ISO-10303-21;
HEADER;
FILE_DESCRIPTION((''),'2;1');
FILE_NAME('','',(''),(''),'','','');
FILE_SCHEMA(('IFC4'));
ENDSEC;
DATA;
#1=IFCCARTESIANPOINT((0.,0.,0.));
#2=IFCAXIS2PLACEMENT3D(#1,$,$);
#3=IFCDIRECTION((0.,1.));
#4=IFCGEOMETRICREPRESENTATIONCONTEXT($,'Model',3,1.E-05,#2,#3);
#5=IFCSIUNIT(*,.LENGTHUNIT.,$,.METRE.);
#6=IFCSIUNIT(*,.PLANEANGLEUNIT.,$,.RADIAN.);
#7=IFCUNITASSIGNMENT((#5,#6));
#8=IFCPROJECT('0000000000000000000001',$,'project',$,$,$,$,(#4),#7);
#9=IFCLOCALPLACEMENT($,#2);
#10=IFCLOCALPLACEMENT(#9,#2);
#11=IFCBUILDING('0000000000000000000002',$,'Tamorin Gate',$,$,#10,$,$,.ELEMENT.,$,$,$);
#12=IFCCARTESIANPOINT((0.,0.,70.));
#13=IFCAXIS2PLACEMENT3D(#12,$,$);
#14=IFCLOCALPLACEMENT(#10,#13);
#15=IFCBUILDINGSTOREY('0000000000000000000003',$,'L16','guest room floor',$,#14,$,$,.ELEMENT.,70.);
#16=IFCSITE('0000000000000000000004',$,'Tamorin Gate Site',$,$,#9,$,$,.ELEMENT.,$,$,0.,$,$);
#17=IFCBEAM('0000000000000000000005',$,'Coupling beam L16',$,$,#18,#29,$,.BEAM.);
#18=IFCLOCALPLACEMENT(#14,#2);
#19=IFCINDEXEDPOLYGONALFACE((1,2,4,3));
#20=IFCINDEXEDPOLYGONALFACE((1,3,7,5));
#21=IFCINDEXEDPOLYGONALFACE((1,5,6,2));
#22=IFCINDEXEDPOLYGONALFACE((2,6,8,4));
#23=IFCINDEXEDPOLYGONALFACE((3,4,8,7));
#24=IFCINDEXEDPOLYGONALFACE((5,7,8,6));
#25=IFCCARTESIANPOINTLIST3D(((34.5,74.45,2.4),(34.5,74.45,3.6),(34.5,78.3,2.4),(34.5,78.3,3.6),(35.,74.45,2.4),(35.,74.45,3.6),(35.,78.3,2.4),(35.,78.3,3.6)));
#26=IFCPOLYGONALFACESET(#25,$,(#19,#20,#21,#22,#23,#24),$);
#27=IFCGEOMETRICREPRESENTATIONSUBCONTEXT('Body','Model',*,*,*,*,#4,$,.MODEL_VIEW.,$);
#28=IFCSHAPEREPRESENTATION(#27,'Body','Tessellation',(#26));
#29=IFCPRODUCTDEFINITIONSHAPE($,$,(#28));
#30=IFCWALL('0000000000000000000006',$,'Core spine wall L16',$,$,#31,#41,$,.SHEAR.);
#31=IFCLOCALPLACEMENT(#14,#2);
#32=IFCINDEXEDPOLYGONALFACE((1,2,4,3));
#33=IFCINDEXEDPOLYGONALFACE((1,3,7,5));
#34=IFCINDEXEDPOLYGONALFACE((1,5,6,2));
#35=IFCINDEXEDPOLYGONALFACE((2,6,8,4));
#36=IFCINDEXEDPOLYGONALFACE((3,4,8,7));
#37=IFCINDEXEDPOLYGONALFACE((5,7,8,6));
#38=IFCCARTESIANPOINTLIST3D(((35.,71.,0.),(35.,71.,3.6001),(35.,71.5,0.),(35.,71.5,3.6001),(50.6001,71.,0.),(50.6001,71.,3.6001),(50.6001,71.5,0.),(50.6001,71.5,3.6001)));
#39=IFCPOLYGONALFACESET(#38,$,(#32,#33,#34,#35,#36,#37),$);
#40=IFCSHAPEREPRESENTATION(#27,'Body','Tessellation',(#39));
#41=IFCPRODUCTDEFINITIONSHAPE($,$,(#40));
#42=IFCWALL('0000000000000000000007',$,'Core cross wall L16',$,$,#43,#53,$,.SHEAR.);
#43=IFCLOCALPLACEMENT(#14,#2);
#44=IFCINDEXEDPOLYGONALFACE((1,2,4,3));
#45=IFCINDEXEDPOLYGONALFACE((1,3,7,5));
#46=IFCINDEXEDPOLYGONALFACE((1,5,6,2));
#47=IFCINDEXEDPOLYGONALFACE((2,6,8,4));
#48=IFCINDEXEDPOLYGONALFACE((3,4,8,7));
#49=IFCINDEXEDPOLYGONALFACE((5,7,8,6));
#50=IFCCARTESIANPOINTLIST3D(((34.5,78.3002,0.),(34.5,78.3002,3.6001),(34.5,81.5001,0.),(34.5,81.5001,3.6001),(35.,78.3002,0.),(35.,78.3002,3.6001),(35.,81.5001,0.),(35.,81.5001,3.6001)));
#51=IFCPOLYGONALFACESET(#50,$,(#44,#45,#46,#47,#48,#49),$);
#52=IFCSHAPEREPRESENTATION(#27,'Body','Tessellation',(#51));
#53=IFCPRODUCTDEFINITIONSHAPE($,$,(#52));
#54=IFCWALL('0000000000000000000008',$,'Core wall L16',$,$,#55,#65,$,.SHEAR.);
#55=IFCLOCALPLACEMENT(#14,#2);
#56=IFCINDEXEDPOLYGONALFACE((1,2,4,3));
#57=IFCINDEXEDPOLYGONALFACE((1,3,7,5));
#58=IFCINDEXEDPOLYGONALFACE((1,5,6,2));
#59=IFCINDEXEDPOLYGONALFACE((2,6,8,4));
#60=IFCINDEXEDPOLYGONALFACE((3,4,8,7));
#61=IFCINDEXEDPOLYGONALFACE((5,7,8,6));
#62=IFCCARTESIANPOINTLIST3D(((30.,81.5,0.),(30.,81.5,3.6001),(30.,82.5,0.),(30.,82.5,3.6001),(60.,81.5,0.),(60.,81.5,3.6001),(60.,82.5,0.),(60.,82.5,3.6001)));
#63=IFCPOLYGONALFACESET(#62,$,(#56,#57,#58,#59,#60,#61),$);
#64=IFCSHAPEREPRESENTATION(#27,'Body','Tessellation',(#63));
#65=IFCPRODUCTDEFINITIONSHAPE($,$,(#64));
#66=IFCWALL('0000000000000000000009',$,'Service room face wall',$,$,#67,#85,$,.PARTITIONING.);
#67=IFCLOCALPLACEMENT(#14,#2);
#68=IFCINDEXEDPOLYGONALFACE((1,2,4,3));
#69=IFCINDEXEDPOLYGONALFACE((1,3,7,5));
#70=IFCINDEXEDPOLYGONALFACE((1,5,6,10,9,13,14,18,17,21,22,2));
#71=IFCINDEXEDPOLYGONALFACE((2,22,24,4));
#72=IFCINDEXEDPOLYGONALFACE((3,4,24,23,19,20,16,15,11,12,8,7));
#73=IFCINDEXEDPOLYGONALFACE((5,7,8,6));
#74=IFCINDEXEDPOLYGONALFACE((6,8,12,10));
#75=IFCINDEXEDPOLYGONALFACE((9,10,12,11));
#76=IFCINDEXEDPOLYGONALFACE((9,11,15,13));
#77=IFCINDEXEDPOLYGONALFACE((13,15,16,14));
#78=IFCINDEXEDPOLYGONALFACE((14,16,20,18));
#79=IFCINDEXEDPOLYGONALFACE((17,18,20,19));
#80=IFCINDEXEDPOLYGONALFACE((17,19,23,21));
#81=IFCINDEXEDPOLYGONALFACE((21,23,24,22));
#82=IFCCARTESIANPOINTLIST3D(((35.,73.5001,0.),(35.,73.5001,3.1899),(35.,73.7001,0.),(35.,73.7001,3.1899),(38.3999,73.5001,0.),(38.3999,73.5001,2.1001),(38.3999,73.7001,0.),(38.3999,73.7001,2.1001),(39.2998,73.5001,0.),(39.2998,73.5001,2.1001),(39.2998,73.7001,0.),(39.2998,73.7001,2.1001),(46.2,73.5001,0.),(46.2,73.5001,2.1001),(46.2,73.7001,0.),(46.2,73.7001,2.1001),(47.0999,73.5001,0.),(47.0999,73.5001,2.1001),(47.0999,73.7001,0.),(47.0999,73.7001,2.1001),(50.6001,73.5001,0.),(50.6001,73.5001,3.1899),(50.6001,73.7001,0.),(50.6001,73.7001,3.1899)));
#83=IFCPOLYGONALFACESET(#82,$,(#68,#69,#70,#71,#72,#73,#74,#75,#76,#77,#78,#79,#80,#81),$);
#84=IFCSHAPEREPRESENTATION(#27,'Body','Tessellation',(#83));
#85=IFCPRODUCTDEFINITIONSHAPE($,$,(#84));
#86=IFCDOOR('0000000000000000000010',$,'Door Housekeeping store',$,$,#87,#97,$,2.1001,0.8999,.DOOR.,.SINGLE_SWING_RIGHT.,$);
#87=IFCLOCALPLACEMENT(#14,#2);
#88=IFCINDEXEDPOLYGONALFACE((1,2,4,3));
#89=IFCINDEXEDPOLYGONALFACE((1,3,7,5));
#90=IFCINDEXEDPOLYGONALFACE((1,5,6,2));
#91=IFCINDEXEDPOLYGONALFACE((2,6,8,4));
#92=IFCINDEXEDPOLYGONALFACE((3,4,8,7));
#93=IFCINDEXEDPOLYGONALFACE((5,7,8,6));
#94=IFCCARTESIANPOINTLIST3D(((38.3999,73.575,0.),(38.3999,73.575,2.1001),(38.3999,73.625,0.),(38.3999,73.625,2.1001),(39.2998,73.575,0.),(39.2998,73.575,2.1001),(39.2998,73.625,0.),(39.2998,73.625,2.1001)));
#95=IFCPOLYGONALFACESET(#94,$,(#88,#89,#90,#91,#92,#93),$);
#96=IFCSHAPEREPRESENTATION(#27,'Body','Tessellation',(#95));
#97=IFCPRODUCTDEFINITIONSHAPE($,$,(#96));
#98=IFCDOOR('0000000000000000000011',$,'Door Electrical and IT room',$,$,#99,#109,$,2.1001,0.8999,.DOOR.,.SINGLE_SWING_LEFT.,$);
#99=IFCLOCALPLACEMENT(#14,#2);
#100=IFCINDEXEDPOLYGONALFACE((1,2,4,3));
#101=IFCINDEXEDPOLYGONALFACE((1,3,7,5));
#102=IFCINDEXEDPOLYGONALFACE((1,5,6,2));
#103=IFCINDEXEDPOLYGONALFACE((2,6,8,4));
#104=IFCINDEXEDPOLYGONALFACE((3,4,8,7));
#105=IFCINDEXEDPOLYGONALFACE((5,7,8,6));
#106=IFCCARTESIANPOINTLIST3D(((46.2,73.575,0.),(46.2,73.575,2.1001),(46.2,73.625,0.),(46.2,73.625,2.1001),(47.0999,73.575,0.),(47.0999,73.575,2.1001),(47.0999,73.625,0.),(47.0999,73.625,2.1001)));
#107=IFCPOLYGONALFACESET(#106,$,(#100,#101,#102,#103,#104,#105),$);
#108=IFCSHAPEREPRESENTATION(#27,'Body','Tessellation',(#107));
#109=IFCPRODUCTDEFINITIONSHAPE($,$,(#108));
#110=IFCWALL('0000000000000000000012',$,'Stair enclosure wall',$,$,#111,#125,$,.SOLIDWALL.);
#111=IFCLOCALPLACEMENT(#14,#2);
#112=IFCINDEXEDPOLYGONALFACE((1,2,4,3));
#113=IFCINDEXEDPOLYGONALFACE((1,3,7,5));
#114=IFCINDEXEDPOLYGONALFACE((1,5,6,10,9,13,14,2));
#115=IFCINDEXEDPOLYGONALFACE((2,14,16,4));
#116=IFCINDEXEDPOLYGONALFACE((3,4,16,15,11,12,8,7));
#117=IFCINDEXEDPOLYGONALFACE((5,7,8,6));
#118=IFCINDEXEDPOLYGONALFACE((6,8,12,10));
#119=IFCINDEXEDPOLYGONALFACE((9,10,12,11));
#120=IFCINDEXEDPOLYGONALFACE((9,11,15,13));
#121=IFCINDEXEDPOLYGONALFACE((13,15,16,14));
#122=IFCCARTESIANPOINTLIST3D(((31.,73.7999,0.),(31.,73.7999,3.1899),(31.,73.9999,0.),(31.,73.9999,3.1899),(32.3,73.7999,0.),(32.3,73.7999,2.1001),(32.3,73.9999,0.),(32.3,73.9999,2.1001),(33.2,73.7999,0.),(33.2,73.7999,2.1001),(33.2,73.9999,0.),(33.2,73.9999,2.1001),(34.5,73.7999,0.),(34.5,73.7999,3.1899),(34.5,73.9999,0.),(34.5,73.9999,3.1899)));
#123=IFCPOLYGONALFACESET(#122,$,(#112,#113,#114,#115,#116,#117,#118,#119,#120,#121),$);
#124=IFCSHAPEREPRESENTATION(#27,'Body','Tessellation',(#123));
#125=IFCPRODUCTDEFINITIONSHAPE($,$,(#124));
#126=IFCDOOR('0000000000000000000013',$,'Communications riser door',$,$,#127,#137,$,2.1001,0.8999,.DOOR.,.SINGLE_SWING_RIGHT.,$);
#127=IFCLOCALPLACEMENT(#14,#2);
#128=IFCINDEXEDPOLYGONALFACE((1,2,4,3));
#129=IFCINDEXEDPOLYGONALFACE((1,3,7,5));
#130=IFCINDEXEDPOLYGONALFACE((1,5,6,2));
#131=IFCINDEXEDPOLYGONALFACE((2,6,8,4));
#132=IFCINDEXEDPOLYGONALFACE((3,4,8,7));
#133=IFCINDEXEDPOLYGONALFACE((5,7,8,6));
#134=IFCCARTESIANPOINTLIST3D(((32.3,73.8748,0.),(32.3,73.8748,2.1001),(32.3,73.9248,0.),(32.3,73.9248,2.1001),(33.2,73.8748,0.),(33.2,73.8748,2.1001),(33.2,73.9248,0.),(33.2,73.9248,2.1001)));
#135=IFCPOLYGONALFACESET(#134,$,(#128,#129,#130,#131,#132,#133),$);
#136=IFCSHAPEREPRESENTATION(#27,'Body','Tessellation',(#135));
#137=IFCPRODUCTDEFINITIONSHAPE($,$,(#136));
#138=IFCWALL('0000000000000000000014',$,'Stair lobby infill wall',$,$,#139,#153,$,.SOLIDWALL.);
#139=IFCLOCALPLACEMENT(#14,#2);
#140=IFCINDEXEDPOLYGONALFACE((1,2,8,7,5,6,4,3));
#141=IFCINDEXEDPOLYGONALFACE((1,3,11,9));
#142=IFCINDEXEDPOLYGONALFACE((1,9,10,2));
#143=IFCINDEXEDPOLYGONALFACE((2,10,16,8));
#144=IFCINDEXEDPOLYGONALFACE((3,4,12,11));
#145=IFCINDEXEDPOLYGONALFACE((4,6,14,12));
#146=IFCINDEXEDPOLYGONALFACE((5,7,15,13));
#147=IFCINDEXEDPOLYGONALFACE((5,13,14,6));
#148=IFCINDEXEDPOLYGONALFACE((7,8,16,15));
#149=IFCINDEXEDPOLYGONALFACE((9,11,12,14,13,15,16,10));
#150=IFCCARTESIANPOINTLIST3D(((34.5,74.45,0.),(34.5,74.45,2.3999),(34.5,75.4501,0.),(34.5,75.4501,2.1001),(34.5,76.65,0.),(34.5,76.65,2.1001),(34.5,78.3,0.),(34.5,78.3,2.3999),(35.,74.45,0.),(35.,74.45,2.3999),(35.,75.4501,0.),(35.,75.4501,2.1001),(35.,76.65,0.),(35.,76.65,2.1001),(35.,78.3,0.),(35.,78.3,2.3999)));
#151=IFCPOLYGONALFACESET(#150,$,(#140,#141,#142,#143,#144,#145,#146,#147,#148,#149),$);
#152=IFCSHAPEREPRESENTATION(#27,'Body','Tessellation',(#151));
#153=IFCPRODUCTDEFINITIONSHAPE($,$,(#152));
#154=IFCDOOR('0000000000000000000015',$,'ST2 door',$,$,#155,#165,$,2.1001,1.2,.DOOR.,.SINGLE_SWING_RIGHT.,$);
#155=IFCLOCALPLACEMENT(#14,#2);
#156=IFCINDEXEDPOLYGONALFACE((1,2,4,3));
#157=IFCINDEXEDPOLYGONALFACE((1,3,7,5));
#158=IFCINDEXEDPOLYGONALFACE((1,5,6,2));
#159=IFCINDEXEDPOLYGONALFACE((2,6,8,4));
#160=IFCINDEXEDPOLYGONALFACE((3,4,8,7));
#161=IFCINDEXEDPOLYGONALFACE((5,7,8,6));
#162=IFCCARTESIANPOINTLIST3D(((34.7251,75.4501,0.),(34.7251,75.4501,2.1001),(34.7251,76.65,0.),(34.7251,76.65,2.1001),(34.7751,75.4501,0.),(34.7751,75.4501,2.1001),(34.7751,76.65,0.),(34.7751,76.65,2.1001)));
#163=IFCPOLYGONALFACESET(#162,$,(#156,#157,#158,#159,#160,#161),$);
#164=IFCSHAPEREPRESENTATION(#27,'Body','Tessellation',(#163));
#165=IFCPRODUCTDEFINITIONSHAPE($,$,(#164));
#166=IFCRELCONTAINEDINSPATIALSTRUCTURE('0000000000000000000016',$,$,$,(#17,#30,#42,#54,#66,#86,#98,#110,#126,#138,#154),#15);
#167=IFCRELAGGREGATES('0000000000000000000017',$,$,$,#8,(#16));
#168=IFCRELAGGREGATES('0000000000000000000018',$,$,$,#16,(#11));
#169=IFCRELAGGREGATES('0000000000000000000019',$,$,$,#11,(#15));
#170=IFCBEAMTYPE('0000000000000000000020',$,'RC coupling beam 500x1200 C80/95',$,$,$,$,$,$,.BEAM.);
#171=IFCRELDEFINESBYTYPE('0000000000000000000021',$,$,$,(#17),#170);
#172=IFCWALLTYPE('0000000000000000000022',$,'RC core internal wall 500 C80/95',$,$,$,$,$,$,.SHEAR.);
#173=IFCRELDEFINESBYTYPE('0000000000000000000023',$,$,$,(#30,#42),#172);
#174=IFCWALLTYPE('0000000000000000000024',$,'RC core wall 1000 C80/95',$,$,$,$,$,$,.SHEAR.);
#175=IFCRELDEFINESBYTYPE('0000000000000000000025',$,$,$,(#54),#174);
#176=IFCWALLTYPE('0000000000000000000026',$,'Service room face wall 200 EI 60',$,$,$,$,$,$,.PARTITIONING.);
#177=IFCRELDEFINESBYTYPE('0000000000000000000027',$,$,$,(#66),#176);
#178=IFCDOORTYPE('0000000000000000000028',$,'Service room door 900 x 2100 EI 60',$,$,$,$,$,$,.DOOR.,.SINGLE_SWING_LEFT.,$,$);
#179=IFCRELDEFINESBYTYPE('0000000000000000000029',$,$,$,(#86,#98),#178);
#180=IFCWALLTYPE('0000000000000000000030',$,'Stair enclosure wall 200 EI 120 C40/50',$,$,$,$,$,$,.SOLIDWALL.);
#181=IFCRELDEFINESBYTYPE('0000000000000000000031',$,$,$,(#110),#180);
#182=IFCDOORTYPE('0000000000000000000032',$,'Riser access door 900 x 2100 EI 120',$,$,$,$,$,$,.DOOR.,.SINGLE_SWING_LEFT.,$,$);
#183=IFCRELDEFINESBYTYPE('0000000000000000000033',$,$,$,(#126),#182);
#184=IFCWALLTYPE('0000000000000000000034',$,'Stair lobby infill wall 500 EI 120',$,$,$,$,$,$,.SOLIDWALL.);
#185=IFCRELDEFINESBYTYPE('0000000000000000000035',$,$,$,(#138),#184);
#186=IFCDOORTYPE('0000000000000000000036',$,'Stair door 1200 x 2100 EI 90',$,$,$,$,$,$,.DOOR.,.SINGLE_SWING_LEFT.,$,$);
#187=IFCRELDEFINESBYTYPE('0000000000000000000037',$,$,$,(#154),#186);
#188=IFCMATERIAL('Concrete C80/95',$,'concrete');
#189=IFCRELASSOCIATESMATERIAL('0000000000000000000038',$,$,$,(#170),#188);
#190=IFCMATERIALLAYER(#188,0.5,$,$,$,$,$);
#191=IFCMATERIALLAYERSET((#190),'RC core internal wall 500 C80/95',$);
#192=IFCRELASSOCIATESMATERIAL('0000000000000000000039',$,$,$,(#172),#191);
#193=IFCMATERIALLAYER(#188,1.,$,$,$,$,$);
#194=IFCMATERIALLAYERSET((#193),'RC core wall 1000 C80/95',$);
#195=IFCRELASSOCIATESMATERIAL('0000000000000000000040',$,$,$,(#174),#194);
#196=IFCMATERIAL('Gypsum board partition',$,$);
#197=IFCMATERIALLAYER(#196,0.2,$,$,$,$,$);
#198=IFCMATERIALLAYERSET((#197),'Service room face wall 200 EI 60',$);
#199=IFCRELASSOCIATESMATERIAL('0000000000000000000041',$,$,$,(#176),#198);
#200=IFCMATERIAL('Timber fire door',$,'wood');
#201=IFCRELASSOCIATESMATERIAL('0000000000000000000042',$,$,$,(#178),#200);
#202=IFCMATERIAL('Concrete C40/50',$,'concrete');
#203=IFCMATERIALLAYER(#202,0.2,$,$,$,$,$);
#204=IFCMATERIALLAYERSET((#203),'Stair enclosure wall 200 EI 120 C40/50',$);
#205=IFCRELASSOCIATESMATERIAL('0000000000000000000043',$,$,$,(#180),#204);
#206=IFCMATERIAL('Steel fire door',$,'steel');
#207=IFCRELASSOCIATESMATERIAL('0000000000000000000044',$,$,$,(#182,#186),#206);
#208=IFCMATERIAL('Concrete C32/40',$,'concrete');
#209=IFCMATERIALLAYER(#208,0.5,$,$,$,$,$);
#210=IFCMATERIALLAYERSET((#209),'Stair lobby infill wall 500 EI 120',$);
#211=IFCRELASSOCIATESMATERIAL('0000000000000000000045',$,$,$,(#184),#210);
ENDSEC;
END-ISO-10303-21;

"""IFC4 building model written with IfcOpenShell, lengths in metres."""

from ifc_helpers import new_model, si_unit, direction, frame, frame_2d, origin, origin_2d, place, context, subcontext, project, spatial, rectangle, extrude, material, layer, layer_set, material_profile, profile_set, type_object, element, fill, save


model = new_model("IFC4")

# Units and contexts
model_context = context("Model", 3, precision=1e-05, world=origin(), true_north=direction((0.0, 1.0)))
body_context = subcontext(model_context, "Body", "Model", "MODEL_VIEW")
ifc_project = project(units=[si_unit("LENGTHUNIT", "METRE"), si_unit("PLANEANGLEUNIT", "RADIAN")], contexts=[model_context])

# Site, building, storey
site_placement = place(None, origin())
site = spatial("IfcSite", under=ifc_project, at=site_placement, Name="Tamorin Gate Site", CompositionType="ELEMENT", RefElevation=0.0)
building_placement = place(site_placement, origin())
building = spatial("IfcBuilding", under=site, at=building_placement, Name="Tamorin Gate", CompositionType="ELEMENT")
storey_placement = place(building_placement, frame((0.0, 0.0, 70.0)))
storey = spatial("IfcBuildingStorey", under=building, at=storey_placement, Name="L16", Description="guest room floor", CompositionType="ELEMENT", Elevation=70.0)

# Beam
ifc_material_1 = material(Name="Concrete C80/95", Category="concrete")
ifc_material_profile = material_profile(ifc_material_1, rectangle(XDim=0.5, YDim=1.2, at=origin_2d()), Name="RC 500x1200")
ifc_profile_set = profile_set([ifc_material_profile], Name="Concrete C80/95")
beam_type = type_object("IfcBeamType", Name="RC coupling beam 500x1200 C80/95", PredefinedType="BEAM", material=ifc_profile_set)
beam_placement = place(storey_placement, frame((34.75, 74.45, 3.0), z_axis=(0.0, 1.0, 0.0), x_axis=(-1.0, 0.0, 0.0)))
element("IfcBeam", 1, at=beam_placement, inside=storey, type_object=beam_type, Name="Coupling beam L16", PredefinedType="BEAM", context=body_context, shape_type="SweptSolid", body=[
    extrude(rectangle(XDim=0.5, YDim=1.2, at=origin_2d()), origin(), (0.0, 0.0, 1.0), 3.8501),
])

# Walls
ifc_layer_1 = layer(ifc_material_1, 0.5)
ifc_layer_set_1 = layer_set([ifc_layer_1], Name="RC core internal wall 500 C80/95")
wall_type_1 = type_object("IfcWallType", Name="RC core internal wall 500 C80/95", PredefinedType="SHEAR", material=ifc_layer_set_1)
wall_1_placement = place(storey_placement, frame((35.0, 71.25, 0.0), z_axis=(0.0, 0.0, 1.0), x_axis=(1.0, 0.0, 0.0)))
element("IfcWall", 2, at=wall_1_placement, inside=storey, type_object=wall_type_1, Name="Core spine wall L16", PredefinedType="SHEAR", context=body_context, shape_type="SweptSolid", body=[
    extrude(rectangle(XDim=15.6001, YDim=0.5, at=frame_2d((7.8, 0.0))), origin(), (0.0, 0.0, 1.0), 3.6001),
])
wall_2_placement = place(storey_placement, frame((34.75, 78.3, 0.0), z_axis=(0.0, 0.0, 1.0), x_axis=(0.0, 1.0, 0.0)))
element("IfcWall", 3, at=wall_2_placement, inside=storey, type_object=wall_type_1, Name="Core cross wall L16", PredefinedType="SHEAR", context=body_context, shape_type="SweptSolid", body=[
    extrude(rectangle(XDim=3.2, YDim=0.5, at=frame_2d((1.6001, 0.0))), origin(), (0.0, 0.0, 1.0), 3.6001),
])
ifc_layer_2 = layer(ifc_material_1, 1.0)
ifc_layer_set_2 = layer_set([ifc_layer_2], Name="RC core wall 1000 C80/95")
wall_type_2 = type_object("IfcWallType", Name="RC core wall 1000 C80/95", PredefinedType="SHEAR", material=ifc_layer_set_2)
wall_3_placement = place(storey_placement, frame((30.0, 82.0, 0.0), z_axis=(0.0, 0.0, 1.0), x_axis=(1.0, 0.0, 0.0)))
element("IfcWall", 4, at=wall_3_placement, inside=storey, type_object=wall_type_2, Name="Core wall L16", PredefinedType="SHEAR", context=body_context, shape_type="SweptSolid", body=[
    extrude(rectangle(XDim=30.0, YDim=1.0, at=frame_2d((15.0, 0.0))), origin(), (0.0, 0.0, 1.0), 3.6001),
])

# Wall, openings, doors
ifc_material_2 = material(Name="Gypsum board partition")
ifc_layer_3 = layer(ifc_material_2, 0.2)
ifc_layer_set_3 = layer_set([ifc_layer_3], Name="Service room face wall 200 EI 60")
wall_type_3 = type_object("IfcWallType", Name="Service room face wall 200 EI 60", PredefinedType="PARTITIONING", material=ifc_layer_set_3)
wall_4_placement = place(storey_placement, frame((35.0, 73.6001, 0.0), z_axis=(0.0, 0.0, 1.0), x_axis=(1.0, 0.0, 0.0)))
wall_4 = element("IfcWall", 5, at=wall_4_placement, inside=storey, type_object=wall_type_3, Name="Service room face wall", PredefinedType="PARTITIONING", context=body_context, shape_type="SweptSolid", body=[
    extrude(rectangle(XDim=15.6001, YDim=0.2, at=frame_2d((7.8, 0.0))), origin(), (0.0, 0.0, 1.0), 3.1899),
])
opening_1_placement = place(wall_4_placement, frame((3.3999, 0.0, 0.0)))
opening_1 = element("IfcOpeningElement", 6, at=opening_1_placement, cuts=wall_4, PredefinedType="OPENING", context=body_context, shape_type="SweptSolid", body=[
    extrude(rectangle(XDim=0.8999, YDim=2.1001, at=frame_2d((0.45, 1.05))), frame((0.0, 0.1099, 0.0), z_axis=(0.0, -1.0, 0.0), x_axis=(1.0, 0.0, 0.0)), (0.0, 0.0, 1.0), 0.22),
])
opening_2_placement = place(wall_4_placement, frame((11.2, 0.0, 0.0)))
opening_2 = element("IfcOpeningElement", 7, at=opening_2_placement, cuts=wall_4, PredefinedType="OPENING", context=body_context, shape_type="SweptSolid", body=[
    extrude(rectangle(XDim=0.8999, YDim=2.1001, at=frame_2d((0.45, 1.05))), frame((0.0, 0.1099, 0.0), z_axis=(0.0, -1.0, 0.0), x_axis=(1.0, 0.0, 0.0)), (0.0, 0.0, 1.0), 0.22),
])
ifc_material_3 = material(Name="Timber fire door", Category="wood")
door_type_1 = type_object("IfcDoorType", Name="Service room door 900 x 2100 EI 60", OperationType="SINGLE_SWING_LEFT", PredefinedType="DOOR", material=ifc_material_3)
door_1_placement = place(opening_1_placement, origin())
door_1 = element("IfcDoor", 8, at=door_1_placement, inside=storey, type_object=door_type_1, Name="Door Housekeeping store", OperationType="SINGLE_SWING_RIGHT", OverallHeight=2.1001, OverallWidth=0.8999, PredefinedType="DOOR", context=body_context, shape_type="SweptSolid", body=[
    extrude(rectangle(XDim=0.8999, YDim=2.1001, at=frame_2d((0.45, 1.05))), frame((0.0, 0.0249, 0.0), z_axis=(0.0, -1.0, 0.0), x_axis=(1.0, 0.0, 0.0)), (0.0, 0.0, 1.0), 0.05),
])
fill(opening_1, door_1)
door_2_placement = place(opening_2_placement, origin())
door_2 = element("IfcDoor", 9, at=door_2_placement, inside=storey, type_object=door_type_1, Name="Door Electrical and IT room", OperationType="SINGLE_SWING_LEFT", OverallHeight=2.1001, OverallWidth=0.8999, PredefinedType="DOOR", context=body_context, shape_type="SweptSolid", body=[
    extrude(rectangle(XDim=0.8999, YDim=2.1001, at=frame_2d((0.45, 1.05))), frame((0.0, 0.0249, 0.0), z_axis=(0.0, -1.0, 0.0), x_axis=(1.0, 0.0, 0.0)), (0.0, 0.0, 1.0), 0.05),
])
fill(opening_2, door_2)

# Walls, openings, doors
ifc_material_4 = material(Name="Concrete C40/50", Category="concrete")
ifc_layer_4 = layer(ifc_material_4, 0.2)
ifc_layer_set_4 = layer_set([ifc_layer_4], Name="Stair enclosure wall 200 EI 120 C40/50")
wall_type_4 = type_object("IfcWallType", Name="Stair enclosure wall 200 EI 120 C40/50", PredefinedType="SOLIDWALL", material=ifc_layer_set_4)
wall_5_placement = place(storey_placement, frame((31.0, 73.8999, 0.0), z_axis=(0.0, 0.0, 1.0), x_axis=(1.0, 0.0, 0.0)))
wall_5 = element("IfcWall", 10, at=wall_5_placement, inside=storey, type_object=wall_type_4, Name="Stair enclosure wall", PredefinedType="SOLIDWALL", context=body_context, shape_type="SweptSolid", body=[
    extrude(rectangle(XDim=3.5, YDim=0.2, at=frame_2d((1.75, 0.0))), origin(), (0.0, 0.0, 1.0), 3.1899),
])
opening_3_placement = place(wall_5_placement, frame((1.3, 0.0, 0.0)))
opening_3 = element("IfcOpeningElement", 11, at=opening_3_placement, cuts=wall_5, PredefinedType="OPENING", context=body_context, shape_type="SweptSolid", body=[
    extrude(rectangle(XDim=0.8999, YDim=2.1001, at=frame_2d((0.45, 1.05))), frame((0.0, 0.1099, 0.0), z_axis=(0.0, -1.0, 0.0), x_axis=(1.0, 0.0, 0.0)), (0.0, 0.0, 1.0), 0.22),
])
ifc_material_5 = material(Name="Steel fire door", Category="steel")
door_type_2 = type_object("IfcDoorType", Name="Riser access door 900 x 2100 EI 120", OperationType="SINGLE_SWING_LEFT", PredefinedType="DOOR", material=ifc_material_5)
door_3_placement = place(opening_3_placement, origin())
door_3 = element("IfcDoor", 12, at=door_3_placement, inside=storey, type_object=door_type_2, Name="Communications riser door", OperationType="SINGLE_SWING_RIGHT", OverallHeight=2.1001, OverallWidth=0.8999, PredefinedType="DOOR", context=body_context, shape_type="SweptSolid", body=[
    extrude(rectangle(XDim=0.8999, YDim=2.1001, at=frame_2d((0.45, 1.05))), frame((0.0, 0.0249, 0.0), z_axis=(0.0, -1.0, 0.0), x_axis=(1.0, 0.0, 0.0)), (0.0, 0.0, 1.0), 0.05),
])
fill(opening_3, door_3)
ifc_material_6 = material(Name="Concrete C32/40", Category="concrete")
ifc_layer_5 = layer(ifc_material_6, 0.5)
ifc_layer_set_5 = layer_set([ifc_layer_5], Name="Stair lobby infill wall 500 EI 120")
wall_type_5 = type_object("IfcWallType", Name="Stair lobby infill wall 500 EI 120", PredefinedType="SOLIDWALL", material=ifc_layer_set_5)
wall_6_placement = place(storey_placement, frame((34.75, 74.45, 0.0), z_axis=(0.0, 0.0, 1.0), x_axis=(0.0, 1.0, 0.0)))
wall_6 = element("IfcWall", 13, at=wall_6_placement, inside=storey, type_object=wall_type_5, Name="Stair lobby infill wall", PredefinedType="SOLIDWALL", context=body_context, shape_type="SweptSolid", body=[
    extrude(rectangle(XDim=3.8501, YDim=0.5, at=frame_2d((1.925, 0.0))), origin(), (0.0, 0.0, 1.0), 2.3999),
])
opening_4_placement = place(wall_6_placement, frame((1.0, 0.0, 0.0)))
opening_4 = element("IfcOpeningElement", 14, at=opening_4_placement, cuts=wall_6, PredefinedType="OPENING", context=body_context, shape_type="SweptSolid", body=[
    extrude(rectangle(XDim=1.2, YDim=2.1001, at=frame_2d((0.6001, 1.05))), frame((0.0, 0.26, 0.0), z_axis=(0.0, -1.0, 0.0), x_axis=(1.0, 0.0, 0.0)), (0.0, 0.0, 1.0), 0.52),
])
door_type_3 = type_object("IfcDoorType", Name="Stair door 1200 x 2100 EI 90", OperationType="SINGLE_SWING_LEFT", PredefinedType="DOOR", material=ifc_material_5)
door_4_placement = place(opening_4_placement, origin())
door_4 = element("IfcDoor", 15, at=door_4_placement, inside=storey, type_object=door_type_3, Name="ST2 door", OperationType="SINGLE_SWING_RIGHT", OverallHeight=2.1001, OverallWidth=1.2, PredefinedType="DOOR", context=body_context, shape_type="SweptSolid", body=[
    extrude(rectangle(XDim=1.2, YDim=2.1001, at=frame_2d((0.6001, 1.05))), frame((0.0, 0.0249, 0.0), z_axis=(0.0, -1.0, 0.0), x_axis=(1.0, 0.0, 0.0)), (0.0, 0.0, 1.0), 0.05),
])
fill(opening_4, door_4)

save(model, "model.ifc")
